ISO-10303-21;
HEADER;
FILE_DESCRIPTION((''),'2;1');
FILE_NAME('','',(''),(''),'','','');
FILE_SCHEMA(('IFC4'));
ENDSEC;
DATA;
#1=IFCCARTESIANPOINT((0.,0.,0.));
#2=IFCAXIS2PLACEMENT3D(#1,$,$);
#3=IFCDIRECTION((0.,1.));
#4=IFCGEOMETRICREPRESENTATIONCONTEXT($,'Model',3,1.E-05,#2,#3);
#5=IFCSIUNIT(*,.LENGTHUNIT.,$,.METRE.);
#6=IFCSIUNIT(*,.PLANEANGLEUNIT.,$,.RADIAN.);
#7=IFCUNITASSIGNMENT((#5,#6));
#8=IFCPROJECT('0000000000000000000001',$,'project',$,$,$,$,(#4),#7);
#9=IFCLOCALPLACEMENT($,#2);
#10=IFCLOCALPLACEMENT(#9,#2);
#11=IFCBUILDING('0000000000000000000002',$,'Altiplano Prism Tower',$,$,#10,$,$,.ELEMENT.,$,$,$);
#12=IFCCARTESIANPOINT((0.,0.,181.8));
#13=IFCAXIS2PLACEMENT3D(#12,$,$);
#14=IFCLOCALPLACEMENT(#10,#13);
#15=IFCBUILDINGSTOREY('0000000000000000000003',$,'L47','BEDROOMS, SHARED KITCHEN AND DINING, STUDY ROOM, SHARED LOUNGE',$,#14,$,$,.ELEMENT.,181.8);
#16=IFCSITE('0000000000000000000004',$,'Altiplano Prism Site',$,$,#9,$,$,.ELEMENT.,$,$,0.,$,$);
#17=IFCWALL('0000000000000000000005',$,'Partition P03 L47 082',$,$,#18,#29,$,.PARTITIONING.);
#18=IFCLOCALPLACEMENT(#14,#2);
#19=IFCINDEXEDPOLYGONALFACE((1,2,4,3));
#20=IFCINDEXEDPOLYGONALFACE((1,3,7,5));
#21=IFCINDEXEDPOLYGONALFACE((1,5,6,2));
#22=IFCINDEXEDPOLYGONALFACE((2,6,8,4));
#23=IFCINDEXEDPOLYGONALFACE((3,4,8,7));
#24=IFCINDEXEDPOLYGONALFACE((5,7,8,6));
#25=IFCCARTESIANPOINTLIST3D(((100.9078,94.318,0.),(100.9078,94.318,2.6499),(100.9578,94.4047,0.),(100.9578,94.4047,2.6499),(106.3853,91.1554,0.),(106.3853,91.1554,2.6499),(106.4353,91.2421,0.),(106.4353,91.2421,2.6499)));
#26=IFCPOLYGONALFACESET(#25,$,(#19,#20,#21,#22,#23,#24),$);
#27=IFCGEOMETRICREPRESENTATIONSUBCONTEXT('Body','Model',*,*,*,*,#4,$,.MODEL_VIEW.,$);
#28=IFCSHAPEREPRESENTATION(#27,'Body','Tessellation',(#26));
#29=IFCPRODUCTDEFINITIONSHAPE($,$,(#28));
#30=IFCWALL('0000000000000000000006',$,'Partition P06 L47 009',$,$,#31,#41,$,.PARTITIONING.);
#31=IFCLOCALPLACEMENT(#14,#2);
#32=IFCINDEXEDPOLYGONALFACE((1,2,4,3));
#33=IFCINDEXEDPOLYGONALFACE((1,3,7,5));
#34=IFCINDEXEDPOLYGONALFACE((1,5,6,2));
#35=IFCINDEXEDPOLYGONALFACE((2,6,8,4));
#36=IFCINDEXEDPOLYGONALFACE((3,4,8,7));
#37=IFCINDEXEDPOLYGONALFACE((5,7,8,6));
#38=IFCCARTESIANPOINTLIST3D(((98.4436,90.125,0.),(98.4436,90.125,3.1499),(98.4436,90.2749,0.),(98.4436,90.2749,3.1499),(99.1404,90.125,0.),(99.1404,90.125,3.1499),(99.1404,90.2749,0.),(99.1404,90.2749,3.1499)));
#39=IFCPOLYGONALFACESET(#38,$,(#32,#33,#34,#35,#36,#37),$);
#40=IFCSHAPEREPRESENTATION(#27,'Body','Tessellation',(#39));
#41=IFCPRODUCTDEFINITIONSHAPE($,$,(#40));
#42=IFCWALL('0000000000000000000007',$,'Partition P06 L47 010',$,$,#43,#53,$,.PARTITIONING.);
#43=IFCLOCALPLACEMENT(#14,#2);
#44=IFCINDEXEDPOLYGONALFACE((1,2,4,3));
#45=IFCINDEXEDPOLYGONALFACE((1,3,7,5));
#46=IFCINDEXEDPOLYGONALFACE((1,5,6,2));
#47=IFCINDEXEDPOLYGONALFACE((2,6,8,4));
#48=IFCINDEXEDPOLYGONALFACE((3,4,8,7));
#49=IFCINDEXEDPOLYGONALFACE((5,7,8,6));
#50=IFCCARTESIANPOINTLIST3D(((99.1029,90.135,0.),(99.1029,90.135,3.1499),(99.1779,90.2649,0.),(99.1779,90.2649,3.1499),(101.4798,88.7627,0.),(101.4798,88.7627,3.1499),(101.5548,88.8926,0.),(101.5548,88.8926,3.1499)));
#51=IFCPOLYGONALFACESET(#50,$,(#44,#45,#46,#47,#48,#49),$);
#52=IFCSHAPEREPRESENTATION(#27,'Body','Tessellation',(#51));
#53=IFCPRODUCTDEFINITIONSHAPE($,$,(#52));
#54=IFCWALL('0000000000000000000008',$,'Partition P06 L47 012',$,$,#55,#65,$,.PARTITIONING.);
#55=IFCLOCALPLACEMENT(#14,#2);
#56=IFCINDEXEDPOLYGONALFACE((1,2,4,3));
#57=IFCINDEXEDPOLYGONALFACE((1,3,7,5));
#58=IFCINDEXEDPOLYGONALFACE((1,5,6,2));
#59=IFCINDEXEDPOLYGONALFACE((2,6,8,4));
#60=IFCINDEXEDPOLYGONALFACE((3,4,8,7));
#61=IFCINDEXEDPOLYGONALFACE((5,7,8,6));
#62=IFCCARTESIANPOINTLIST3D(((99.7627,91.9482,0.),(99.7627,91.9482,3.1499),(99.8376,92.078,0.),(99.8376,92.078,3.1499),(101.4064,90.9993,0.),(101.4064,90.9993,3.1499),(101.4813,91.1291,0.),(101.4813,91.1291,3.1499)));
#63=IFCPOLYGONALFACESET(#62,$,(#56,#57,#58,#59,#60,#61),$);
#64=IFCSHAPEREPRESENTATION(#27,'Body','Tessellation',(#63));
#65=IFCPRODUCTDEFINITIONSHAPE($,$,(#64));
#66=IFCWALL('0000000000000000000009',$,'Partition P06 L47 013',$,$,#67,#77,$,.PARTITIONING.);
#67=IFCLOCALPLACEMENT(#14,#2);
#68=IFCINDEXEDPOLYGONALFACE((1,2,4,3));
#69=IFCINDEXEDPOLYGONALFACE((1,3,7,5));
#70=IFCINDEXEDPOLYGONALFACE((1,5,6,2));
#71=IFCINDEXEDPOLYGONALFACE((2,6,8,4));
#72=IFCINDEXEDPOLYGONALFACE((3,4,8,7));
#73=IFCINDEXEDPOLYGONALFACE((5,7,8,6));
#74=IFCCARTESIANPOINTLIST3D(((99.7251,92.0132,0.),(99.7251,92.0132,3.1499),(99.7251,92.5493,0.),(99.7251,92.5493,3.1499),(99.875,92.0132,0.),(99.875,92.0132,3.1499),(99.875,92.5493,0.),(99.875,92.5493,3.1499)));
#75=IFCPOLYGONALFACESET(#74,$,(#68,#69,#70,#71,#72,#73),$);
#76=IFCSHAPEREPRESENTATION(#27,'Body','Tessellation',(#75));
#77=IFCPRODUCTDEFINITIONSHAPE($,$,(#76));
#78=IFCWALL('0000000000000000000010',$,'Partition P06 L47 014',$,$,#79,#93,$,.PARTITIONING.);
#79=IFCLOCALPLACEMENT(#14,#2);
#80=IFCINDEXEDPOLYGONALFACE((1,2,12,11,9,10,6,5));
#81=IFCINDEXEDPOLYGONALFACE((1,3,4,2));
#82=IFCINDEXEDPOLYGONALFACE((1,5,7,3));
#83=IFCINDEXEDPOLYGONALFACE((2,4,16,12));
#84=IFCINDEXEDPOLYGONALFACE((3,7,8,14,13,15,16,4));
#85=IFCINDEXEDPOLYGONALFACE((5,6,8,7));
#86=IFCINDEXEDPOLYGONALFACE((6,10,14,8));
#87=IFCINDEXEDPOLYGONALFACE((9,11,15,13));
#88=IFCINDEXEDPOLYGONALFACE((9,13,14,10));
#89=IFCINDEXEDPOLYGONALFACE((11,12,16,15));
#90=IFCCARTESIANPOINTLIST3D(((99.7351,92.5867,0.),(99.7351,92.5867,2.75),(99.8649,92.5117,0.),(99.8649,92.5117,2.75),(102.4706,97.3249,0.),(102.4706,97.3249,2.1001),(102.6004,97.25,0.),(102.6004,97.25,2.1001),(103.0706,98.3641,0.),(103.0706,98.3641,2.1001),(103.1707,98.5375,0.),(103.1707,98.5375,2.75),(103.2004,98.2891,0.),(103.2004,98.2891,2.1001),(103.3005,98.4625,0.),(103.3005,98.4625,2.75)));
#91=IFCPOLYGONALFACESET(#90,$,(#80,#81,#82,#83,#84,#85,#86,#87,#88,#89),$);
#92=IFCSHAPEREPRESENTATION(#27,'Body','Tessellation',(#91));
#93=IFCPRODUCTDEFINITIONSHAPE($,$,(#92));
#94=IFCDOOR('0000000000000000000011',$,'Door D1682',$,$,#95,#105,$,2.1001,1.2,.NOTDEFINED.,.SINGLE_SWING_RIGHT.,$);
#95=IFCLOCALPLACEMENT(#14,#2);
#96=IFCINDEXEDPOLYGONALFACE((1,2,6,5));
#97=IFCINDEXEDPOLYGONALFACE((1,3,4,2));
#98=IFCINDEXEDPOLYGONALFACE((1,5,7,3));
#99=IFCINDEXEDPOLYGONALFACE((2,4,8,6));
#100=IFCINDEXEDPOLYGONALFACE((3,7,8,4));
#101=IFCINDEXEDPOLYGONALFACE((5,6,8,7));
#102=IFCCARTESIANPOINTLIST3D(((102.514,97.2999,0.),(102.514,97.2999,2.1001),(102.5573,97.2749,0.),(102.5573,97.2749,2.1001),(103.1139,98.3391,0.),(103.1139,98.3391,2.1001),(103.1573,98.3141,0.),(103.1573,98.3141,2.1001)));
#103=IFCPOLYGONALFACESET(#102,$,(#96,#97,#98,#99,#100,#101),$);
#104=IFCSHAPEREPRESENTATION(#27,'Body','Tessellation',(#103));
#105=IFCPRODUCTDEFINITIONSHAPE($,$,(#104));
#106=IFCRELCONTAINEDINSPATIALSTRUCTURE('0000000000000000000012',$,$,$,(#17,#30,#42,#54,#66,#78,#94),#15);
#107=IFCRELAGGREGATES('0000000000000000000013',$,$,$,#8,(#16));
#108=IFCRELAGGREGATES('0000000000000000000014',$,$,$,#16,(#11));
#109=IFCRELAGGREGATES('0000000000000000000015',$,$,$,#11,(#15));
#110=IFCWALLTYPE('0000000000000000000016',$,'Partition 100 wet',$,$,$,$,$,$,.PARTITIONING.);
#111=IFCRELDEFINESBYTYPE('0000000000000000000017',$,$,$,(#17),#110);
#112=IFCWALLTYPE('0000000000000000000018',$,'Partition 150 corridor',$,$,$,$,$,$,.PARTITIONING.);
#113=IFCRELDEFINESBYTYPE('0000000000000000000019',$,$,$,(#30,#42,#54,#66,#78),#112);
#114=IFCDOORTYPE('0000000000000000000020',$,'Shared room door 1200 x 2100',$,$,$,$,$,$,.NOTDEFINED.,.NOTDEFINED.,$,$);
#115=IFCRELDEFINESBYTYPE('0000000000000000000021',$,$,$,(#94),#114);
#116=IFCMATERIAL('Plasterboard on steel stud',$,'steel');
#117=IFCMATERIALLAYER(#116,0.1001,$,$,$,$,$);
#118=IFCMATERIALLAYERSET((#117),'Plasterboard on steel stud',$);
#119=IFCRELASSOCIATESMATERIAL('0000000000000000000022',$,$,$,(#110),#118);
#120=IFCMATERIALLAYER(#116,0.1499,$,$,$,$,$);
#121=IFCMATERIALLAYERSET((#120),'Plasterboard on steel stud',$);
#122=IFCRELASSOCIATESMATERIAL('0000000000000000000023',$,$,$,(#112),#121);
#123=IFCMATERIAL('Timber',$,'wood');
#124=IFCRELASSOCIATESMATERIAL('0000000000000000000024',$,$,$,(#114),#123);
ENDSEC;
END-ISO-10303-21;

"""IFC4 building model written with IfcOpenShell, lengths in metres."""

from ifc_helpers import new_model, si_unit, direction, frame, frame_2d, origin, place, context, subcontext, project, spatial, rectangle, extrude, material, layer, layer_set, type_object, element, fill, save


model = new_model("IFC4")

# Units and contexts
model_context = context("Model", 3, precision=1e-05, world=origin(), true_north=direction((0.0, 1.0)))
body_context = subcontext(model_context, "Body", "Model", "MODEL_VIEW")
ifc_project = project(units=[si_unit("LENGTHUNIT", "METRE"), si_unit("PLANEANGLEUNIT", "RADIAN")], contexts=[model_context])

# Site, building, storey
site_placement = place(None, origin())
site = spatial("IfcSite", under=ifc_project, at=site_placement, Name="Altiplano Prism Site", CompositionType="ELEMENT", RefElevation=0.0)
building_placement = place(site_placement, origin())
building = spatial("IfcBuilding", under=site, at=building_placement, Name="Altiplano Prism Tower", CompositionType="ELEMENT")
storey_placement = place(building_placement, frame((0.0, 0.0, 181.8)))
storey = spatial("IfcBuildingStorey", under=building, at=storey_placement, Name="L47", Description="BEDROOMS, SHARED KITCHEN AND DINING, STUDY ROOM, SHARED LOUNGE", CompositionType="ELEMENT", Elevation=181.8)

# Shared definitions
ifc_material_1 = material(Name="Plasterboard on steel stud", Category="steel")
ifc_material_2 = material(Name="Timber", Category="wood")

# Walls
ifc_layer_1 = layer(ifc_material_1, 0.1001)
ifc_layer_set_1 = layer_set([ifc_layer_1], Name="Plasterboard on steel stud")
wall_type_1 = type_object("IfcWallType", Name="Partition 100 wet", PredefinedType="PARTITIONING", material=ifc_layer_set_1)
wall_1_placement = place(storey_placement, frame((106.4104, 91.1987, 0.0), z_axis=(0.0, 0.0, 1.0), x_axis=(-0.866016, 0.500016, 0.0)))
element("IfcWall", 1, at=wall_1_placement, inside=storey, type_object=wall_type_1, Name="Partition P03 L47 082", PredefinedType="PARTITIONING", context=body_context, shape_type="SweptSolid", body=[
    extrude(rectangle(XDim=6.325, YDim=0.1001, at=frame_2d((3.1626, 0.0))), origin(), (0.0, 0.0, 1.0), 2.6499),
])
ifc_layer_2 = layer(ifc_material_1, 0.1499)
ifc_layer_set_2 = layer_set([ifc_layer_2], Name="Plasterboard on steel stud")
wall_type_2 = type_object("IfcWallType", Name="Partition 150 corridor", PredefinedType="PARTITIONING", material=ifc_layer_set_2)
wall_2_placement = place(storey_placement, frame((98.4436, 90.2, 0.0), z_axis=(0.0, 0.0, 1.0), x_axis=(1.0, 0.0, 0.0)))
element("IfcWall", 2, at=wall_2_placement, inside=storey, type_object=wall_type_2, Name="Partition P06 L47 009", PredefinedType="PARTITIONING", context=body_context, shape_type="SweptSolid", body=[
    extrude(rectangle(XDim=0.6968, YDim=0.1499, at=frame_2d((0.3484, 0.0))), origin(), (0.0, 0.0, 1.0), 3.1499),
])
wall_3_placement = place(storey_placement, frame((99.1404, 90.2, 0.0), z_axis=(0.0, 0.0, 1.0), x_axis=(0.866029, -0.499995, 0.0)))
element("IfcWall", 3, at=wall_3_placement, inside=storey, type_object=wall_type_2, Name="Partition P06 L47 010", PredefinedType="PARTITIONING", context=body_context, shape_type="SweptSolid", body=[
    extrude(rectangle(XDim=2.7446, YDim=0.1499, at=frame_2d((1.3723, 0.0))), origin(), (0.0, 0.0, 1.0), 3.1499),
])
wall_4_placement = place(storey_placement, frame((101.4438, 91.0642, 0.0), z_axis=(0.0, 0.0, 1.0), x_axis=(-0.866042, 0.499971, 0.0)))
element("IfcWall", 4, at=wall_4_placement, inside=storey, type_object=wall_type_2, Name="Partition P06 L47 012", PredefinedType="PARTITIONING", context=body_context, shape_type="SweptSolid", body=[
    extrude(rectangle(XDim=1.8979, YDim=0.1499, at=frame_2d((0.949, 0.0))), origin(), (0.0, 0.0, 1.0), 3.1499),
])
wall_5_placement = place(storey_placement, frame((99.8, 92.0132, 0.0), z_axis=(0.0, 0.0, 1.0), x_axis=(0.0, 1.0, 0.0)))
element("IfcWall", 5, at=wall_5_placement, inside=storey, type_object=wall_type_2, Name="Partition P06 L47 013", PredefinedType="PARTITIONING", context=body_context, shape_type="SweptSolid", body=[
    extrude(rectangle(XDim=0.5361, YDim=0.1499, at=frame_2d((0.2681, 0.0))), origin(), (0.0, 0.0, 1.0), 3.1499),
])

# Wall, opening, door
wall_6_placement = place(storey_placement, frame((99.8, 92.5493, 0.0), z_axis=(0.0, 0.0, 1.0), x_axis=(0.499991, 0.866031, 0.0)))
wall_6 = element("IfcWall", 6, at=wall_6_placement, inside=storey, type_object=wall_type_2, Name="Partition P06 L47 014", PredefinedType="PARTITIONING", context=body_context, shape_type="SweptSolid", body=[
    extrude(rectangle(XDim=6.8713, YDim=0.1499, at=frame_2d((3.4355, 0.0))), origin(), (0.0, 0.0, 1.0), 2.75),
])
opening_1_placement = place(wall_6_placement, frame((5.4709, 0.0, 0.0)))
opening_1 = element("IfcOpeningElement", 7, at=opening_1_placement, cuts=wall_6, PredefinedType="OPENING", context=body_context, shape_type="SweptSolid", body=[
    extrude(rectangle(XDim=1.2, YDim=2.1001, at=frame_2d((0.6001, 1.05))), frame((0.0, 0.0854, 0.0), z_axis=(0.0, -1.0, 0.0), x_axis=(1.0, 0.0, 0.0)), (0.0, 0.0, 1.0), 0.1709),
])
door_type_1 = type_object("IfcDoorType", Name="Shared room door 1200 x 2100", OperationType="NOTDEFINED", PredefinedType="NOTDEFINED", material=ifc_material_2)
door_1_placement = place(opening_1_placement, origin())
door_1 = element("IfcDoor", 8, at=door_1_placement, inside=storey, type_object=door_type_1, Name="Door D1682", OperationType="SINGLE_SWING_RIGHT", OverallHeight=2.1001, OverallWidth=1.2, PredefinedType="NOTDEFINED", context=body_context, shape_type="SweptSolid", body=[
    extrude(rectangle(XDim=1.2, YDim=2.1001, at=frame_2d((0.6001, 1.05))), frame((0.0, 0.0249, 0.0), z_axis=(0.0, -1.0, 0.0), x_axis=(1.0, 0.0, 0.0)), (0.0, 0.0, 1.0), 0.05),
])
fill(opening_1, door_1)

save(model, "model.ifc")
